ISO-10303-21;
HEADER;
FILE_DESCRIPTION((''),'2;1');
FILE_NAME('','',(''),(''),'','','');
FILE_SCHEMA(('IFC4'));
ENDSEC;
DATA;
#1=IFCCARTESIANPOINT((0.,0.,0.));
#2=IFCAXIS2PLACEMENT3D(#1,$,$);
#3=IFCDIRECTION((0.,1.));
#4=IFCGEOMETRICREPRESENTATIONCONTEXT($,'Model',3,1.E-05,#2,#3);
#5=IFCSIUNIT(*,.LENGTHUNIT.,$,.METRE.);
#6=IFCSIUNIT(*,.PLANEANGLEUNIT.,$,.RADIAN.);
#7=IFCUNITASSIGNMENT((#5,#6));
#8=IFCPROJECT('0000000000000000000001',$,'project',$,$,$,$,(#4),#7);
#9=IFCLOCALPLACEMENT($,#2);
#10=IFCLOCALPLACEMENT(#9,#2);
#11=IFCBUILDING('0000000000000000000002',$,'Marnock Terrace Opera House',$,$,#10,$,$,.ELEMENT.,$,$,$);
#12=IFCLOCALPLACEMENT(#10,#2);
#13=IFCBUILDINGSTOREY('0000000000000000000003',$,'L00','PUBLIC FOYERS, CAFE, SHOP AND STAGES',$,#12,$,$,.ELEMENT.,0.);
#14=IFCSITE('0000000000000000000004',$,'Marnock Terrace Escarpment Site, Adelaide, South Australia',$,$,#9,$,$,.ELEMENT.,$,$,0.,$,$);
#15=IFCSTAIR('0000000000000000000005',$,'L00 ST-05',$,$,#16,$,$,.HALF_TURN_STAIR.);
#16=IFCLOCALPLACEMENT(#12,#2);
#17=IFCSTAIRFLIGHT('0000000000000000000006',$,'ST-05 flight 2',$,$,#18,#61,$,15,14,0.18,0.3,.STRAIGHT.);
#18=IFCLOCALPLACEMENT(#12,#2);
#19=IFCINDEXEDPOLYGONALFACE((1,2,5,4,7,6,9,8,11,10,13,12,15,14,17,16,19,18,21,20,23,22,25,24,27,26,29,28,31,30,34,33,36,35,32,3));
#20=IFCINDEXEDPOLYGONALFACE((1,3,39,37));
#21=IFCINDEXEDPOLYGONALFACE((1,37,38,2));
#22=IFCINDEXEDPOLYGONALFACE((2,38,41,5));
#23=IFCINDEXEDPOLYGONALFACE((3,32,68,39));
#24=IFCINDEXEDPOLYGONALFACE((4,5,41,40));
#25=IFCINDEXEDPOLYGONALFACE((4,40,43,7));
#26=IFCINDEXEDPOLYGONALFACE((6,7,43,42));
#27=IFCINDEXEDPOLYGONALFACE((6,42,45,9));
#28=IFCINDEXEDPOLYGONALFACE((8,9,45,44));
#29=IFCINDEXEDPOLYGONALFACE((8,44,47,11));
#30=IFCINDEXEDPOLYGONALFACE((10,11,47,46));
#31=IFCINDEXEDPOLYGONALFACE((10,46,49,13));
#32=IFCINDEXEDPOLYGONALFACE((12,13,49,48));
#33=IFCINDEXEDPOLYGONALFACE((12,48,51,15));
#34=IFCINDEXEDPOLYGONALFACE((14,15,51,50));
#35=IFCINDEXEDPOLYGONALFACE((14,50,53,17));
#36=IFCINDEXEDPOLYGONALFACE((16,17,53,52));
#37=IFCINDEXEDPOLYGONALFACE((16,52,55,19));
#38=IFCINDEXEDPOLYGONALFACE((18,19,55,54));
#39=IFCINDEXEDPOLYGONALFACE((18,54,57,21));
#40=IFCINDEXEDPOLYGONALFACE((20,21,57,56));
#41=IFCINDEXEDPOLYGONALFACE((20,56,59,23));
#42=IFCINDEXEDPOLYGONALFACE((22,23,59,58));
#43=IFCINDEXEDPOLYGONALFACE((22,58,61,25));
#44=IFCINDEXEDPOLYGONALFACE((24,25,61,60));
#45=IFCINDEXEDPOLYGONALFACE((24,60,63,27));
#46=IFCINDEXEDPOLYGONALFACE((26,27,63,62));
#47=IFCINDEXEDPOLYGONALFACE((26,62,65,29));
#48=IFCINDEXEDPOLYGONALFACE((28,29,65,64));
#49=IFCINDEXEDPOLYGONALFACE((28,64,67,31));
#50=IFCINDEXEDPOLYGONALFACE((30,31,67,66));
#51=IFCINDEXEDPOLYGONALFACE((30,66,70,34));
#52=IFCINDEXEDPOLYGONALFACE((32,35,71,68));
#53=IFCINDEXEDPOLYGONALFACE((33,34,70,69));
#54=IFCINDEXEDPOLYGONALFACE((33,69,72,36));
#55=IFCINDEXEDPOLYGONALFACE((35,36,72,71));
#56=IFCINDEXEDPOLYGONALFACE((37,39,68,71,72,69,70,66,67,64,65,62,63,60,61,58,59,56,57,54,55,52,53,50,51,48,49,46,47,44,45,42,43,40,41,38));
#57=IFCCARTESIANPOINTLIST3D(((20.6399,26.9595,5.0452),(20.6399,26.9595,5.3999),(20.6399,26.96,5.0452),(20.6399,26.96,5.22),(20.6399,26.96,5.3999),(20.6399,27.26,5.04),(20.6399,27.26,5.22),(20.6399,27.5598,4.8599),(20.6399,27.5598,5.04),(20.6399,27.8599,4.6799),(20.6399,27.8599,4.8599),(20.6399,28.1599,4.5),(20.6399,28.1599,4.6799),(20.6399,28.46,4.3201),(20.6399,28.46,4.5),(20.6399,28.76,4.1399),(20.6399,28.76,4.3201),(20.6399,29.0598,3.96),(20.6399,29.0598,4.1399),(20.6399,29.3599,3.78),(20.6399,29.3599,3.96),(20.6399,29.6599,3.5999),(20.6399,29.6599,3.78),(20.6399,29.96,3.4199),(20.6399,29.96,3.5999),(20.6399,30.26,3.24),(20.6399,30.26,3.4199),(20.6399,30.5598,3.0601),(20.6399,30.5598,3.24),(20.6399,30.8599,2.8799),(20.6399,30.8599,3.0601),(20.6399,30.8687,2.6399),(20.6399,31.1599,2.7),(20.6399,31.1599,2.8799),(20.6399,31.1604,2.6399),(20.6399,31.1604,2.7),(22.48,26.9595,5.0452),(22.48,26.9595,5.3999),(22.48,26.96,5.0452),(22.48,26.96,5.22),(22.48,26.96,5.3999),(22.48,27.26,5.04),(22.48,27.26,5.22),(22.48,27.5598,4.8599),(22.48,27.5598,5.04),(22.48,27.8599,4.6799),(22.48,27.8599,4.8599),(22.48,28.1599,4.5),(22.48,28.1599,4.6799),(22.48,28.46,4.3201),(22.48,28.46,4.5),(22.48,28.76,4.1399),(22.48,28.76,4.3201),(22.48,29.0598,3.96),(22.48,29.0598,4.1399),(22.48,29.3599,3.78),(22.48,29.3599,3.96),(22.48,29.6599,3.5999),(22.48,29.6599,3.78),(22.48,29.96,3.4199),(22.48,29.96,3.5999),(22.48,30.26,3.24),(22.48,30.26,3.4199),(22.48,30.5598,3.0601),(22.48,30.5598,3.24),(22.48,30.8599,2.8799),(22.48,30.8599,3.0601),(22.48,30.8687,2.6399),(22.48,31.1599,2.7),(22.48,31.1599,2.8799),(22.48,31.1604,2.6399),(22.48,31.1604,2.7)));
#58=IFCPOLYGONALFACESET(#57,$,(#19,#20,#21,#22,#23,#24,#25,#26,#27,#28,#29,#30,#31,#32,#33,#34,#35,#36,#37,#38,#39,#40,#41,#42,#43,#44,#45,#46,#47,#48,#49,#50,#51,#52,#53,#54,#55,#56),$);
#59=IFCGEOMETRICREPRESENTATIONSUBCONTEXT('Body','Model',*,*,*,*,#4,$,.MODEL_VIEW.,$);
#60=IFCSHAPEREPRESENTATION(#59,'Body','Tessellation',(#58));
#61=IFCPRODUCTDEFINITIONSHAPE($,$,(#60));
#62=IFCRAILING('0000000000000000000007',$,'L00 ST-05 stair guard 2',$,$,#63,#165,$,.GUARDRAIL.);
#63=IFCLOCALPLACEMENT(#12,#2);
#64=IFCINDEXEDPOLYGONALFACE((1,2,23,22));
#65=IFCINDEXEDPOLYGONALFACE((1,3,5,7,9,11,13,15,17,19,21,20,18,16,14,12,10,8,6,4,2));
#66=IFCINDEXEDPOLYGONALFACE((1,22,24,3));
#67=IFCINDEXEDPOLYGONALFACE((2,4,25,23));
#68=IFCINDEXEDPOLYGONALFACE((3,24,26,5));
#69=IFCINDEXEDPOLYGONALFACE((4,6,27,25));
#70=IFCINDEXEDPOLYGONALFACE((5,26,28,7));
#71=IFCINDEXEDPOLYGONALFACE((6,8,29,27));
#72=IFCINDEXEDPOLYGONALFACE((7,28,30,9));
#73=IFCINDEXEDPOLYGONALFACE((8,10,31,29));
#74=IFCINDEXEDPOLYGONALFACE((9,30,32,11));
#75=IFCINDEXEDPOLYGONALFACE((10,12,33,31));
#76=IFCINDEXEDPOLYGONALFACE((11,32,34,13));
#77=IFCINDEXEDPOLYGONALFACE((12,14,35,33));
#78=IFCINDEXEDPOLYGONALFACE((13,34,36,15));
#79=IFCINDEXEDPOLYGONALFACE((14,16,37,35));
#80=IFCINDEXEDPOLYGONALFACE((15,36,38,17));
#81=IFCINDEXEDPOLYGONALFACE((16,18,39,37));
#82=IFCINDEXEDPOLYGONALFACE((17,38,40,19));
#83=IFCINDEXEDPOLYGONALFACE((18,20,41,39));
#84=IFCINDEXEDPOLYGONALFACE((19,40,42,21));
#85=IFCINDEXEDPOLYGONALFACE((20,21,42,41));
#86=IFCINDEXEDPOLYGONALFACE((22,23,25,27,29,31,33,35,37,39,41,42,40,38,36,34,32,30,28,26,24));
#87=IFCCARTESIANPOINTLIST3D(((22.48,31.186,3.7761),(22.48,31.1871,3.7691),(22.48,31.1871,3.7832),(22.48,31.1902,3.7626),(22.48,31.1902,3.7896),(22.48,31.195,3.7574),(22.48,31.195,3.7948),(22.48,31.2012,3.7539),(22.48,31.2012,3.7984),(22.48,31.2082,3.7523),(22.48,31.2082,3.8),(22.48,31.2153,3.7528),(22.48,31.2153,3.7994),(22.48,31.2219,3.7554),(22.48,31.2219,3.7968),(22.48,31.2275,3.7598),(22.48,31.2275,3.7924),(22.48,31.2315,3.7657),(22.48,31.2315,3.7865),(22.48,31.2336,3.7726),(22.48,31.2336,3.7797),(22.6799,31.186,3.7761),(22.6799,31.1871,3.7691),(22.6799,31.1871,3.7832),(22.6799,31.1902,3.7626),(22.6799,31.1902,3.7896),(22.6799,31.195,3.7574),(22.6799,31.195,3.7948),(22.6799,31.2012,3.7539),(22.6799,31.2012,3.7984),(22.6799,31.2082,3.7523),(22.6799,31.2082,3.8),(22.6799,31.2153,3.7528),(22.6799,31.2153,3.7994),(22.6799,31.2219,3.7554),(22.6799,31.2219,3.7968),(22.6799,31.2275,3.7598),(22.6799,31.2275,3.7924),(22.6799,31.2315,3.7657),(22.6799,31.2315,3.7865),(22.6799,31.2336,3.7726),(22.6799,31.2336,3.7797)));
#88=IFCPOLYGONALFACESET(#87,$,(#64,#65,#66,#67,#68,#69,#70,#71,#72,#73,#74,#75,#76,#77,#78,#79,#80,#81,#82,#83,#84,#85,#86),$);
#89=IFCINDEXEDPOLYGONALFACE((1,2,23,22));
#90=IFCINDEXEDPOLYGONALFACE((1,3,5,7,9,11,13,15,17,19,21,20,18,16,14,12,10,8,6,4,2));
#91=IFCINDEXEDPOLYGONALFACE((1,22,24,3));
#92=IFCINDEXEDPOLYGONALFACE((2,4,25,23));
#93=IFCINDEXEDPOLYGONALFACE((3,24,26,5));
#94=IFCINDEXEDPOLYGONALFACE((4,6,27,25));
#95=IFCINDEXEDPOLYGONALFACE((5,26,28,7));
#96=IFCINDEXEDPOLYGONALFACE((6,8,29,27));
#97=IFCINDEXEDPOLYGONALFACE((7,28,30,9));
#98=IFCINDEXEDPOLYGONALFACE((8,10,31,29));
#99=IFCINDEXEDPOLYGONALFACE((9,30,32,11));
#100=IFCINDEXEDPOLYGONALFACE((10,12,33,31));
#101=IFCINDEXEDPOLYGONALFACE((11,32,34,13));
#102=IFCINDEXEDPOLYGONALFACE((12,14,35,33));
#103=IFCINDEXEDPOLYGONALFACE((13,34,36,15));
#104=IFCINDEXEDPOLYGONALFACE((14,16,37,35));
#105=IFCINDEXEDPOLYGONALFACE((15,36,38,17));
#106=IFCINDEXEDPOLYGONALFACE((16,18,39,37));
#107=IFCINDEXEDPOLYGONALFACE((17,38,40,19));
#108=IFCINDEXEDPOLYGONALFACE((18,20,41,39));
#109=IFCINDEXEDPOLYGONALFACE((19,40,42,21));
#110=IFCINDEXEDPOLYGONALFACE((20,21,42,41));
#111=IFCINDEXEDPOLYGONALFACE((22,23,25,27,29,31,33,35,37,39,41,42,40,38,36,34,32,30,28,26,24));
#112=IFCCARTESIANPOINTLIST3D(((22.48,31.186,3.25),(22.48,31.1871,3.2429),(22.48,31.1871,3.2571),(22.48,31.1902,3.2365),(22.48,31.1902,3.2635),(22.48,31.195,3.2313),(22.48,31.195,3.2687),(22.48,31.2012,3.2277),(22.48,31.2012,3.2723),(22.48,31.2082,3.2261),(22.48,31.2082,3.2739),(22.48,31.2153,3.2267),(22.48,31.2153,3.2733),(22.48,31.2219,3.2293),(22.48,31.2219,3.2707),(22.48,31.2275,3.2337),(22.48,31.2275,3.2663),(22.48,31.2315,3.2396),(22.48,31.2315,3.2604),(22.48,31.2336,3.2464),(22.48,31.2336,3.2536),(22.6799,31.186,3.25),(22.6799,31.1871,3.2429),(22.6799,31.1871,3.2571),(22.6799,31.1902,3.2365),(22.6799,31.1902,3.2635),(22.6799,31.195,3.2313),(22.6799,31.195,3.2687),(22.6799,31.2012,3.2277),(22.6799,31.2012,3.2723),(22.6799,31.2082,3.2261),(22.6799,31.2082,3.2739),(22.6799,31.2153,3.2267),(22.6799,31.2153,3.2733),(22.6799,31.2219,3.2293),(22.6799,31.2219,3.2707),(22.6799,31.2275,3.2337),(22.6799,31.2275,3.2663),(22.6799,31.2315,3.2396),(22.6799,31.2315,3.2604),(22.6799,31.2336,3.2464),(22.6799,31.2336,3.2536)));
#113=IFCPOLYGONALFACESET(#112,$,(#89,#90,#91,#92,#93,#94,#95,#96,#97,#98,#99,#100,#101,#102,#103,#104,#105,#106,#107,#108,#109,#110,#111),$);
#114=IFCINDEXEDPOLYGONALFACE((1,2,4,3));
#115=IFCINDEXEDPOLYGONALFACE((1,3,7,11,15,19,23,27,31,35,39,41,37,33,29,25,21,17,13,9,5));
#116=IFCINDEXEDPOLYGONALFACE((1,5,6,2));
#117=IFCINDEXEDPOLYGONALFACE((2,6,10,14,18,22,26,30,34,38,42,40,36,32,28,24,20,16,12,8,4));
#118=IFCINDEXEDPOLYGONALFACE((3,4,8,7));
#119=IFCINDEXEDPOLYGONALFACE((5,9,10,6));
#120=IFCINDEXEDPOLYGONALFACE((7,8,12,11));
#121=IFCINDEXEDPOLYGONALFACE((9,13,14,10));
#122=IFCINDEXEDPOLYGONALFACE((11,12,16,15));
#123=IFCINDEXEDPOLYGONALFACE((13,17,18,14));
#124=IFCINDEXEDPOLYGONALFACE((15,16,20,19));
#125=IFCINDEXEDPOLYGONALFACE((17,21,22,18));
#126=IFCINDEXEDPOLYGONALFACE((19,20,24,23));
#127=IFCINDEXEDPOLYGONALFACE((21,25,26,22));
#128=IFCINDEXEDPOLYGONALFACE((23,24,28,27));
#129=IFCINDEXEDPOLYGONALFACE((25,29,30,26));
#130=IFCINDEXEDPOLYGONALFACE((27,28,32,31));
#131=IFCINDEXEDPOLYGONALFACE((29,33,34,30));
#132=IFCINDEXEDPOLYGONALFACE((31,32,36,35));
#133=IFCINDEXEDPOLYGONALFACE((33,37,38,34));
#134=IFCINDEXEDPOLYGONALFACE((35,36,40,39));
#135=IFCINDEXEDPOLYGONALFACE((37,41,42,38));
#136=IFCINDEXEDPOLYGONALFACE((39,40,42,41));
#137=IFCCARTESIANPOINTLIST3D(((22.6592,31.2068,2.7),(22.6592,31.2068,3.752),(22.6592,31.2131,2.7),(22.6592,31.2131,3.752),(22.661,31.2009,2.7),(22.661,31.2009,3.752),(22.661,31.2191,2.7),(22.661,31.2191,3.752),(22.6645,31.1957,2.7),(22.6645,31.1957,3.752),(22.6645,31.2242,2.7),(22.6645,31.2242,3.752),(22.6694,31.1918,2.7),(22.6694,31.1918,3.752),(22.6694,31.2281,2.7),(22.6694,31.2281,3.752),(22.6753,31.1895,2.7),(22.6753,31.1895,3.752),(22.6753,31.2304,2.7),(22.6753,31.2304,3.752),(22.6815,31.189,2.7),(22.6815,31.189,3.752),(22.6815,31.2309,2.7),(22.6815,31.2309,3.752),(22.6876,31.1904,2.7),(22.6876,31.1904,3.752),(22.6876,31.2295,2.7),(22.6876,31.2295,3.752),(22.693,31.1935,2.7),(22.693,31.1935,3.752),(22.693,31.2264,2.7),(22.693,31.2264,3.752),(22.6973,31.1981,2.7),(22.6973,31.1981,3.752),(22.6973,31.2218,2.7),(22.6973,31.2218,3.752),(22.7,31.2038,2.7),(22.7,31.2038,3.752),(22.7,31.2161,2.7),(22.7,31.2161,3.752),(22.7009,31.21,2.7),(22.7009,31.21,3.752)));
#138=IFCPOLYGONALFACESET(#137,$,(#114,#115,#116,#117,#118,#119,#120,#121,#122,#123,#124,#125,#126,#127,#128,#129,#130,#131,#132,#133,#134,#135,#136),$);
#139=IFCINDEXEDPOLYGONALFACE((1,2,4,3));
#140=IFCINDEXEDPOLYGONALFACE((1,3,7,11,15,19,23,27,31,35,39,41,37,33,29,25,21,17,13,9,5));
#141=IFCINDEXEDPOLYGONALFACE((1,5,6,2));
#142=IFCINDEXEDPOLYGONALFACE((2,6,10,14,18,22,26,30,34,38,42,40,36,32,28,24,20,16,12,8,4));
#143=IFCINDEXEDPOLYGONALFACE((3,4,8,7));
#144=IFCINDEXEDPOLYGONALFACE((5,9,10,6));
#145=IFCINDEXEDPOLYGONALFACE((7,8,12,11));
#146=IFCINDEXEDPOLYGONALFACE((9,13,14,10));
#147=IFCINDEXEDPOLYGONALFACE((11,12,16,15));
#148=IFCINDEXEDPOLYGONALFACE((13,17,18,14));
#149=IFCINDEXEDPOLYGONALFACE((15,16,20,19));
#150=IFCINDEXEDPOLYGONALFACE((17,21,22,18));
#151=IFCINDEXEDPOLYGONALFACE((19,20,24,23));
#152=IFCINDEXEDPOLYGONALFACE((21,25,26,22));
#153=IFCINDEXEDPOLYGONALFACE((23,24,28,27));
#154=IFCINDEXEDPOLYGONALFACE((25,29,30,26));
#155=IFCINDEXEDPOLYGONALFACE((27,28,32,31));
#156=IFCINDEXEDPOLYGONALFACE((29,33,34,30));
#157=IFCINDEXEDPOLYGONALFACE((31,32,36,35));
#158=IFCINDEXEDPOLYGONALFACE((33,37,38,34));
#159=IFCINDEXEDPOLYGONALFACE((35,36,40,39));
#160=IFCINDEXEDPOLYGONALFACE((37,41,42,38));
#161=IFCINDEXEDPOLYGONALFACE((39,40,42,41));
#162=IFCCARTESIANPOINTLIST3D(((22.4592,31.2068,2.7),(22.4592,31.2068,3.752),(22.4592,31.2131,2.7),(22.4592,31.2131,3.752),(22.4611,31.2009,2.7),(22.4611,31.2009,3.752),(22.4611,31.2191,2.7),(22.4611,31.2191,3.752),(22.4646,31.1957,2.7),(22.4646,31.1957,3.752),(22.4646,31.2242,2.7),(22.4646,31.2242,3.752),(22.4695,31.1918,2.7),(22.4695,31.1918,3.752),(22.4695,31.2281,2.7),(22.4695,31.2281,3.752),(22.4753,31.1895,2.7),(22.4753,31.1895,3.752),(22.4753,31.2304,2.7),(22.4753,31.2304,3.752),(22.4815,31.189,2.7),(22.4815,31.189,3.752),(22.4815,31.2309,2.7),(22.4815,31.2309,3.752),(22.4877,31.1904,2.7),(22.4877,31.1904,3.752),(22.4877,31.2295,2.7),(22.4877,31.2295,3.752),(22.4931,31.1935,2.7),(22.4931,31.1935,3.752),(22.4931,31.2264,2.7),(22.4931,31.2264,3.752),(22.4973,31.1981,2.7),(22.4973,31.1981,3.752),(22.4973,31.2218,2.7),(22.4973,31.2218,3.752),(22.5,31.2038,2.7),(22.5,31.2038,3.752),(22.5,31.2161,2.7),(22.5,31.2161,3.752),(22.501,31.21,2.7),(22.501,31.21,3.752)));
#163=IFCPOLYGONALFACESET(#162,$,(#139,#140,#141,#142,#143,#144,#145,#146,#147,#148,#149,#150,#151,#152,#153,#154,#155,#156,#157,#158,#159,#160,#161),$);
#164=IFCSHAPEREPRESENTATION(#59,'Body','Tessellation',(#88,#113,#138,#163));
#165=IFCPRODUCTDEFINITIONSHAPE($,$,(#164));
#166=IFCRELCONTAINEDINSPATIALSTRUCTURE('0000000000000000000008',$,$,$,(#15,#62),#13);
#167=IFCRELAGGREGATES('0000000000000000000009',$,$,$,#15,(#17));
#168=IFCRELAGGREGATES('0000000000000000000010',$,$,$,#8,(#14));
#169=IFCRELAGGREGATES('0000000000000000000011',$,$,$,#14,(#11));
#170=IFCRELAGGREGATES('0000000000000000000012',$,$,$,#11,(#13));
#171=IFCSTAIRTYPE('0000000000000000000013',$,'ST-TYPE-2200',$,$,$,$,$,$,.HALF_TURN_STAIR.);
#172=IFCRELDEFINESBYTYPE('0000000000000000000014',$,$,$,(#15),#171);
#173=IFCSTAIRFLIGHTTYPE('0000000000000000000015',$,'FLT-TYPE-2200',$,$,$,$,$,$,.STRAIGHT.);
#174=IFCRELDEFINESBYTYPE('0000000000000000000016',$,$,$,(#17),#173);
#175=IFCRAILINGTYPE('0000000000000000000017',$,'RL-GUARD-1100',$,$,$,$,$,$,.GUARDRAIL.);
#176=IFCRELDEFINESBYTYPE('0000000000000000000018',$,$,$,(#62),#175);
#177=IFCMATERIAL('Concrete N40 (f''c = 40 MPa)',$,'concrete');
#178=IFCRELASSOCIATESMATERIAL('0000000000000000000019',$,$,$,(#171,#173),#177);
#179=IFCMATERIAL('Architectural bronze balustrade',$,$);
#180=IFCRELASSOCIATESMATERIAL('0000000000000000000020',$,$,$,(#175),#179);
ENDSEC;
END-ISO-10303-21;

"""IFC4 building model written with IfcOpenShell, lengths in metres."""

from ifc_helpers import new_model, si_unit, direction, frame, origin, origin_2d, place, context, subcontext, project, spatial, polyline, circle, outline, extrude, material, type_object, element, aggregate, save


model = new_model("IFC4")

# Units and contexts
model_context = context("Model", 3, precision=1e-05, world=origin(), true_north=direction((0.0, 1.0)))
body_context = subcontext(model_context, "Body", "Model", "MODEL_VIEW")
ifc_project = project(units=[si_unit("LENGTHUNIT", "METRE"), si_unit("PLANEANGLEUNIT", "RADIAN")], contexts=[model_context])

# Site, building, storey
site_placement = place(None, origin())
site = spatial("IfcSite", under=ifc_project, at=site_placement, Name="Marnock Terrace Escarpment Site, Adelaide, South Australia", CompositionType="ELEMENT", RefElevation=0.0)
building_placement = place(site_placement, origin())
building = spatial("IfcBuilding", under=site, at=building_placement, Name="Marnock Terrace Opera House", CompositionType="ELEMENT")
storey_placement = place(building_placement, origin())
storey = spatial("IfcBuildingStorey", under=building, at=storey_placement, Name="L00", Description="PUBLIC FOYERS, CAFE, SHOP AND STAGES", CompositionType="ELEMENT", Elevation=0.0)

# Shared definitions
ifc_material_1 = material(Name="Concrete N40 (f'c = 40 MPa)", Category="concrete")

# Stair, stair flight
stair_type = type_object("IfcStairType", Name="ST-TYPE-2200", PredefinedType="HALF_TURN_STAIR", material=ifc_material_1)
stair_placement = place(storey_placement, origin())
stair = element("IfcStair", 1, at=stair_placement, inside=storey, type_object=stair_type, Name="L00 ST-05", PredefinedType="HALF_TURN_STAIR")
stair_flight_type = type_object("IfcStairFlightType", Name="FLT-TYPE-2200", PredefinedType="STRAIGHT", material=ifc_material_1)
stair_flight_1_placement = place(storey_placement, frame((21.5601, 31.1599, 2.7), z_axis=(0.0, 0.0, 1.0), x_axis=(0.0, -1.0, 0.0)))
stair_flight_1 = element("IfcStairFlight", 2, at=stair_flight_1_placement, type_object=stair_flight_type, Name="ST-05 flight 2", NumberOfRisers=15, NumberOfTreads=14, PredefinedType="STRAIGHT", RiserHeight=0.18, TreadLength=0.3, context=body_context, shape_type="SweptSolid", body=[
    extrude(outline(polyline([(-0.0005, -0.0601), (-0.0005, 0.0), (0.0, 0.0), (0.0, 0.1799), (0.3, 0.1799), (0.3, 0.3601), (0.6001, 0.3601), (0.6001, 0.54), (0.8999, 0.54), (0.8999, 0.72), (1.2, 0.72), (1.2, 0.8999), (1.5, 0.8999), (1.5, 1.0801), (1.8, 1.0801), (1.8, 1.26), (2.1001, 1.26), (2.1001, 1.4399), (2.3999, 1.4399), (2.3999, 1.6201), (2.7, 1.6201), (2.7, 1.8), (3.0, 1.8), (3.0, 1.98), (3.3, 1.98), (3.3, 2.1599), (3.6001, 2.1599), (3.6001, 2.3401), (3.8999, 2.3401), (3.8999, 2.52), (4.2, 2.52), (4.2, 2.7), (4.2004, 2.7), (4.2004, 2.3452), (4.2, 2.3452), (0.2913, -0.0601), (-0.0005, -0.0601)])), frame((0.0, 0.9199, 0.0), z_axis=(0.0, -1.0, 0.0), x_axis=(1.0, 0.0, 0.0)), (0.0, 0.0, 1.0), 1.8401),
])
aggregate(stair, [stair_flight_1])

# Railing
ifc_material_2 = material(Name="Architectural bronze balustrade")
railing_type_1 = type_object("IfcRailingType", Name="RL-GUARD-1100", PredefinedType="GUARDRAIL", material=ifc_material_2)
railing_1_placement = place(storey_placement, frame((22.6799, 31.21, 2.7)))
element("IfcRailing", 3, at=railing_1_placement, inside=storey, type_object=railing_type_1, Name="L00 ST-05 stair guard 2", PredefinedType="GUARDRAIL", context=body_context, shape_type="SweptSolid", body=[
    extrude(circle(Radius=0.0239, at=origin_2d()), frame((0.0, 0.0, 1.0762), z_axis=(-1.0, 0.0, 0.0), x_axis=(0.0, -1.0, 0.0)), (0.0, 0.0, 1.0), 0.2),
    extrude(circle(Radius=0.0239, at=origin_2d()), frame((0.0, 0.0, 0.55), z_axis=(-1.0, 0.0, 0.0), x_axis=(0.0, -1.0, 0.0)), (0.0, 0.0, 1.0), 0.2),
    extrude(circle(Radius=0.021, at=origin_2d()), origin(), (0.0, 0.0, 1.0), 1.052),
    extrude(circle(Radius=0.021, at=origin_2d()), frame((-0.2, 0.0, 0.0)), (0.0, 0.0, 1.0), 1.052),
])

save(model, "model.ifc")
